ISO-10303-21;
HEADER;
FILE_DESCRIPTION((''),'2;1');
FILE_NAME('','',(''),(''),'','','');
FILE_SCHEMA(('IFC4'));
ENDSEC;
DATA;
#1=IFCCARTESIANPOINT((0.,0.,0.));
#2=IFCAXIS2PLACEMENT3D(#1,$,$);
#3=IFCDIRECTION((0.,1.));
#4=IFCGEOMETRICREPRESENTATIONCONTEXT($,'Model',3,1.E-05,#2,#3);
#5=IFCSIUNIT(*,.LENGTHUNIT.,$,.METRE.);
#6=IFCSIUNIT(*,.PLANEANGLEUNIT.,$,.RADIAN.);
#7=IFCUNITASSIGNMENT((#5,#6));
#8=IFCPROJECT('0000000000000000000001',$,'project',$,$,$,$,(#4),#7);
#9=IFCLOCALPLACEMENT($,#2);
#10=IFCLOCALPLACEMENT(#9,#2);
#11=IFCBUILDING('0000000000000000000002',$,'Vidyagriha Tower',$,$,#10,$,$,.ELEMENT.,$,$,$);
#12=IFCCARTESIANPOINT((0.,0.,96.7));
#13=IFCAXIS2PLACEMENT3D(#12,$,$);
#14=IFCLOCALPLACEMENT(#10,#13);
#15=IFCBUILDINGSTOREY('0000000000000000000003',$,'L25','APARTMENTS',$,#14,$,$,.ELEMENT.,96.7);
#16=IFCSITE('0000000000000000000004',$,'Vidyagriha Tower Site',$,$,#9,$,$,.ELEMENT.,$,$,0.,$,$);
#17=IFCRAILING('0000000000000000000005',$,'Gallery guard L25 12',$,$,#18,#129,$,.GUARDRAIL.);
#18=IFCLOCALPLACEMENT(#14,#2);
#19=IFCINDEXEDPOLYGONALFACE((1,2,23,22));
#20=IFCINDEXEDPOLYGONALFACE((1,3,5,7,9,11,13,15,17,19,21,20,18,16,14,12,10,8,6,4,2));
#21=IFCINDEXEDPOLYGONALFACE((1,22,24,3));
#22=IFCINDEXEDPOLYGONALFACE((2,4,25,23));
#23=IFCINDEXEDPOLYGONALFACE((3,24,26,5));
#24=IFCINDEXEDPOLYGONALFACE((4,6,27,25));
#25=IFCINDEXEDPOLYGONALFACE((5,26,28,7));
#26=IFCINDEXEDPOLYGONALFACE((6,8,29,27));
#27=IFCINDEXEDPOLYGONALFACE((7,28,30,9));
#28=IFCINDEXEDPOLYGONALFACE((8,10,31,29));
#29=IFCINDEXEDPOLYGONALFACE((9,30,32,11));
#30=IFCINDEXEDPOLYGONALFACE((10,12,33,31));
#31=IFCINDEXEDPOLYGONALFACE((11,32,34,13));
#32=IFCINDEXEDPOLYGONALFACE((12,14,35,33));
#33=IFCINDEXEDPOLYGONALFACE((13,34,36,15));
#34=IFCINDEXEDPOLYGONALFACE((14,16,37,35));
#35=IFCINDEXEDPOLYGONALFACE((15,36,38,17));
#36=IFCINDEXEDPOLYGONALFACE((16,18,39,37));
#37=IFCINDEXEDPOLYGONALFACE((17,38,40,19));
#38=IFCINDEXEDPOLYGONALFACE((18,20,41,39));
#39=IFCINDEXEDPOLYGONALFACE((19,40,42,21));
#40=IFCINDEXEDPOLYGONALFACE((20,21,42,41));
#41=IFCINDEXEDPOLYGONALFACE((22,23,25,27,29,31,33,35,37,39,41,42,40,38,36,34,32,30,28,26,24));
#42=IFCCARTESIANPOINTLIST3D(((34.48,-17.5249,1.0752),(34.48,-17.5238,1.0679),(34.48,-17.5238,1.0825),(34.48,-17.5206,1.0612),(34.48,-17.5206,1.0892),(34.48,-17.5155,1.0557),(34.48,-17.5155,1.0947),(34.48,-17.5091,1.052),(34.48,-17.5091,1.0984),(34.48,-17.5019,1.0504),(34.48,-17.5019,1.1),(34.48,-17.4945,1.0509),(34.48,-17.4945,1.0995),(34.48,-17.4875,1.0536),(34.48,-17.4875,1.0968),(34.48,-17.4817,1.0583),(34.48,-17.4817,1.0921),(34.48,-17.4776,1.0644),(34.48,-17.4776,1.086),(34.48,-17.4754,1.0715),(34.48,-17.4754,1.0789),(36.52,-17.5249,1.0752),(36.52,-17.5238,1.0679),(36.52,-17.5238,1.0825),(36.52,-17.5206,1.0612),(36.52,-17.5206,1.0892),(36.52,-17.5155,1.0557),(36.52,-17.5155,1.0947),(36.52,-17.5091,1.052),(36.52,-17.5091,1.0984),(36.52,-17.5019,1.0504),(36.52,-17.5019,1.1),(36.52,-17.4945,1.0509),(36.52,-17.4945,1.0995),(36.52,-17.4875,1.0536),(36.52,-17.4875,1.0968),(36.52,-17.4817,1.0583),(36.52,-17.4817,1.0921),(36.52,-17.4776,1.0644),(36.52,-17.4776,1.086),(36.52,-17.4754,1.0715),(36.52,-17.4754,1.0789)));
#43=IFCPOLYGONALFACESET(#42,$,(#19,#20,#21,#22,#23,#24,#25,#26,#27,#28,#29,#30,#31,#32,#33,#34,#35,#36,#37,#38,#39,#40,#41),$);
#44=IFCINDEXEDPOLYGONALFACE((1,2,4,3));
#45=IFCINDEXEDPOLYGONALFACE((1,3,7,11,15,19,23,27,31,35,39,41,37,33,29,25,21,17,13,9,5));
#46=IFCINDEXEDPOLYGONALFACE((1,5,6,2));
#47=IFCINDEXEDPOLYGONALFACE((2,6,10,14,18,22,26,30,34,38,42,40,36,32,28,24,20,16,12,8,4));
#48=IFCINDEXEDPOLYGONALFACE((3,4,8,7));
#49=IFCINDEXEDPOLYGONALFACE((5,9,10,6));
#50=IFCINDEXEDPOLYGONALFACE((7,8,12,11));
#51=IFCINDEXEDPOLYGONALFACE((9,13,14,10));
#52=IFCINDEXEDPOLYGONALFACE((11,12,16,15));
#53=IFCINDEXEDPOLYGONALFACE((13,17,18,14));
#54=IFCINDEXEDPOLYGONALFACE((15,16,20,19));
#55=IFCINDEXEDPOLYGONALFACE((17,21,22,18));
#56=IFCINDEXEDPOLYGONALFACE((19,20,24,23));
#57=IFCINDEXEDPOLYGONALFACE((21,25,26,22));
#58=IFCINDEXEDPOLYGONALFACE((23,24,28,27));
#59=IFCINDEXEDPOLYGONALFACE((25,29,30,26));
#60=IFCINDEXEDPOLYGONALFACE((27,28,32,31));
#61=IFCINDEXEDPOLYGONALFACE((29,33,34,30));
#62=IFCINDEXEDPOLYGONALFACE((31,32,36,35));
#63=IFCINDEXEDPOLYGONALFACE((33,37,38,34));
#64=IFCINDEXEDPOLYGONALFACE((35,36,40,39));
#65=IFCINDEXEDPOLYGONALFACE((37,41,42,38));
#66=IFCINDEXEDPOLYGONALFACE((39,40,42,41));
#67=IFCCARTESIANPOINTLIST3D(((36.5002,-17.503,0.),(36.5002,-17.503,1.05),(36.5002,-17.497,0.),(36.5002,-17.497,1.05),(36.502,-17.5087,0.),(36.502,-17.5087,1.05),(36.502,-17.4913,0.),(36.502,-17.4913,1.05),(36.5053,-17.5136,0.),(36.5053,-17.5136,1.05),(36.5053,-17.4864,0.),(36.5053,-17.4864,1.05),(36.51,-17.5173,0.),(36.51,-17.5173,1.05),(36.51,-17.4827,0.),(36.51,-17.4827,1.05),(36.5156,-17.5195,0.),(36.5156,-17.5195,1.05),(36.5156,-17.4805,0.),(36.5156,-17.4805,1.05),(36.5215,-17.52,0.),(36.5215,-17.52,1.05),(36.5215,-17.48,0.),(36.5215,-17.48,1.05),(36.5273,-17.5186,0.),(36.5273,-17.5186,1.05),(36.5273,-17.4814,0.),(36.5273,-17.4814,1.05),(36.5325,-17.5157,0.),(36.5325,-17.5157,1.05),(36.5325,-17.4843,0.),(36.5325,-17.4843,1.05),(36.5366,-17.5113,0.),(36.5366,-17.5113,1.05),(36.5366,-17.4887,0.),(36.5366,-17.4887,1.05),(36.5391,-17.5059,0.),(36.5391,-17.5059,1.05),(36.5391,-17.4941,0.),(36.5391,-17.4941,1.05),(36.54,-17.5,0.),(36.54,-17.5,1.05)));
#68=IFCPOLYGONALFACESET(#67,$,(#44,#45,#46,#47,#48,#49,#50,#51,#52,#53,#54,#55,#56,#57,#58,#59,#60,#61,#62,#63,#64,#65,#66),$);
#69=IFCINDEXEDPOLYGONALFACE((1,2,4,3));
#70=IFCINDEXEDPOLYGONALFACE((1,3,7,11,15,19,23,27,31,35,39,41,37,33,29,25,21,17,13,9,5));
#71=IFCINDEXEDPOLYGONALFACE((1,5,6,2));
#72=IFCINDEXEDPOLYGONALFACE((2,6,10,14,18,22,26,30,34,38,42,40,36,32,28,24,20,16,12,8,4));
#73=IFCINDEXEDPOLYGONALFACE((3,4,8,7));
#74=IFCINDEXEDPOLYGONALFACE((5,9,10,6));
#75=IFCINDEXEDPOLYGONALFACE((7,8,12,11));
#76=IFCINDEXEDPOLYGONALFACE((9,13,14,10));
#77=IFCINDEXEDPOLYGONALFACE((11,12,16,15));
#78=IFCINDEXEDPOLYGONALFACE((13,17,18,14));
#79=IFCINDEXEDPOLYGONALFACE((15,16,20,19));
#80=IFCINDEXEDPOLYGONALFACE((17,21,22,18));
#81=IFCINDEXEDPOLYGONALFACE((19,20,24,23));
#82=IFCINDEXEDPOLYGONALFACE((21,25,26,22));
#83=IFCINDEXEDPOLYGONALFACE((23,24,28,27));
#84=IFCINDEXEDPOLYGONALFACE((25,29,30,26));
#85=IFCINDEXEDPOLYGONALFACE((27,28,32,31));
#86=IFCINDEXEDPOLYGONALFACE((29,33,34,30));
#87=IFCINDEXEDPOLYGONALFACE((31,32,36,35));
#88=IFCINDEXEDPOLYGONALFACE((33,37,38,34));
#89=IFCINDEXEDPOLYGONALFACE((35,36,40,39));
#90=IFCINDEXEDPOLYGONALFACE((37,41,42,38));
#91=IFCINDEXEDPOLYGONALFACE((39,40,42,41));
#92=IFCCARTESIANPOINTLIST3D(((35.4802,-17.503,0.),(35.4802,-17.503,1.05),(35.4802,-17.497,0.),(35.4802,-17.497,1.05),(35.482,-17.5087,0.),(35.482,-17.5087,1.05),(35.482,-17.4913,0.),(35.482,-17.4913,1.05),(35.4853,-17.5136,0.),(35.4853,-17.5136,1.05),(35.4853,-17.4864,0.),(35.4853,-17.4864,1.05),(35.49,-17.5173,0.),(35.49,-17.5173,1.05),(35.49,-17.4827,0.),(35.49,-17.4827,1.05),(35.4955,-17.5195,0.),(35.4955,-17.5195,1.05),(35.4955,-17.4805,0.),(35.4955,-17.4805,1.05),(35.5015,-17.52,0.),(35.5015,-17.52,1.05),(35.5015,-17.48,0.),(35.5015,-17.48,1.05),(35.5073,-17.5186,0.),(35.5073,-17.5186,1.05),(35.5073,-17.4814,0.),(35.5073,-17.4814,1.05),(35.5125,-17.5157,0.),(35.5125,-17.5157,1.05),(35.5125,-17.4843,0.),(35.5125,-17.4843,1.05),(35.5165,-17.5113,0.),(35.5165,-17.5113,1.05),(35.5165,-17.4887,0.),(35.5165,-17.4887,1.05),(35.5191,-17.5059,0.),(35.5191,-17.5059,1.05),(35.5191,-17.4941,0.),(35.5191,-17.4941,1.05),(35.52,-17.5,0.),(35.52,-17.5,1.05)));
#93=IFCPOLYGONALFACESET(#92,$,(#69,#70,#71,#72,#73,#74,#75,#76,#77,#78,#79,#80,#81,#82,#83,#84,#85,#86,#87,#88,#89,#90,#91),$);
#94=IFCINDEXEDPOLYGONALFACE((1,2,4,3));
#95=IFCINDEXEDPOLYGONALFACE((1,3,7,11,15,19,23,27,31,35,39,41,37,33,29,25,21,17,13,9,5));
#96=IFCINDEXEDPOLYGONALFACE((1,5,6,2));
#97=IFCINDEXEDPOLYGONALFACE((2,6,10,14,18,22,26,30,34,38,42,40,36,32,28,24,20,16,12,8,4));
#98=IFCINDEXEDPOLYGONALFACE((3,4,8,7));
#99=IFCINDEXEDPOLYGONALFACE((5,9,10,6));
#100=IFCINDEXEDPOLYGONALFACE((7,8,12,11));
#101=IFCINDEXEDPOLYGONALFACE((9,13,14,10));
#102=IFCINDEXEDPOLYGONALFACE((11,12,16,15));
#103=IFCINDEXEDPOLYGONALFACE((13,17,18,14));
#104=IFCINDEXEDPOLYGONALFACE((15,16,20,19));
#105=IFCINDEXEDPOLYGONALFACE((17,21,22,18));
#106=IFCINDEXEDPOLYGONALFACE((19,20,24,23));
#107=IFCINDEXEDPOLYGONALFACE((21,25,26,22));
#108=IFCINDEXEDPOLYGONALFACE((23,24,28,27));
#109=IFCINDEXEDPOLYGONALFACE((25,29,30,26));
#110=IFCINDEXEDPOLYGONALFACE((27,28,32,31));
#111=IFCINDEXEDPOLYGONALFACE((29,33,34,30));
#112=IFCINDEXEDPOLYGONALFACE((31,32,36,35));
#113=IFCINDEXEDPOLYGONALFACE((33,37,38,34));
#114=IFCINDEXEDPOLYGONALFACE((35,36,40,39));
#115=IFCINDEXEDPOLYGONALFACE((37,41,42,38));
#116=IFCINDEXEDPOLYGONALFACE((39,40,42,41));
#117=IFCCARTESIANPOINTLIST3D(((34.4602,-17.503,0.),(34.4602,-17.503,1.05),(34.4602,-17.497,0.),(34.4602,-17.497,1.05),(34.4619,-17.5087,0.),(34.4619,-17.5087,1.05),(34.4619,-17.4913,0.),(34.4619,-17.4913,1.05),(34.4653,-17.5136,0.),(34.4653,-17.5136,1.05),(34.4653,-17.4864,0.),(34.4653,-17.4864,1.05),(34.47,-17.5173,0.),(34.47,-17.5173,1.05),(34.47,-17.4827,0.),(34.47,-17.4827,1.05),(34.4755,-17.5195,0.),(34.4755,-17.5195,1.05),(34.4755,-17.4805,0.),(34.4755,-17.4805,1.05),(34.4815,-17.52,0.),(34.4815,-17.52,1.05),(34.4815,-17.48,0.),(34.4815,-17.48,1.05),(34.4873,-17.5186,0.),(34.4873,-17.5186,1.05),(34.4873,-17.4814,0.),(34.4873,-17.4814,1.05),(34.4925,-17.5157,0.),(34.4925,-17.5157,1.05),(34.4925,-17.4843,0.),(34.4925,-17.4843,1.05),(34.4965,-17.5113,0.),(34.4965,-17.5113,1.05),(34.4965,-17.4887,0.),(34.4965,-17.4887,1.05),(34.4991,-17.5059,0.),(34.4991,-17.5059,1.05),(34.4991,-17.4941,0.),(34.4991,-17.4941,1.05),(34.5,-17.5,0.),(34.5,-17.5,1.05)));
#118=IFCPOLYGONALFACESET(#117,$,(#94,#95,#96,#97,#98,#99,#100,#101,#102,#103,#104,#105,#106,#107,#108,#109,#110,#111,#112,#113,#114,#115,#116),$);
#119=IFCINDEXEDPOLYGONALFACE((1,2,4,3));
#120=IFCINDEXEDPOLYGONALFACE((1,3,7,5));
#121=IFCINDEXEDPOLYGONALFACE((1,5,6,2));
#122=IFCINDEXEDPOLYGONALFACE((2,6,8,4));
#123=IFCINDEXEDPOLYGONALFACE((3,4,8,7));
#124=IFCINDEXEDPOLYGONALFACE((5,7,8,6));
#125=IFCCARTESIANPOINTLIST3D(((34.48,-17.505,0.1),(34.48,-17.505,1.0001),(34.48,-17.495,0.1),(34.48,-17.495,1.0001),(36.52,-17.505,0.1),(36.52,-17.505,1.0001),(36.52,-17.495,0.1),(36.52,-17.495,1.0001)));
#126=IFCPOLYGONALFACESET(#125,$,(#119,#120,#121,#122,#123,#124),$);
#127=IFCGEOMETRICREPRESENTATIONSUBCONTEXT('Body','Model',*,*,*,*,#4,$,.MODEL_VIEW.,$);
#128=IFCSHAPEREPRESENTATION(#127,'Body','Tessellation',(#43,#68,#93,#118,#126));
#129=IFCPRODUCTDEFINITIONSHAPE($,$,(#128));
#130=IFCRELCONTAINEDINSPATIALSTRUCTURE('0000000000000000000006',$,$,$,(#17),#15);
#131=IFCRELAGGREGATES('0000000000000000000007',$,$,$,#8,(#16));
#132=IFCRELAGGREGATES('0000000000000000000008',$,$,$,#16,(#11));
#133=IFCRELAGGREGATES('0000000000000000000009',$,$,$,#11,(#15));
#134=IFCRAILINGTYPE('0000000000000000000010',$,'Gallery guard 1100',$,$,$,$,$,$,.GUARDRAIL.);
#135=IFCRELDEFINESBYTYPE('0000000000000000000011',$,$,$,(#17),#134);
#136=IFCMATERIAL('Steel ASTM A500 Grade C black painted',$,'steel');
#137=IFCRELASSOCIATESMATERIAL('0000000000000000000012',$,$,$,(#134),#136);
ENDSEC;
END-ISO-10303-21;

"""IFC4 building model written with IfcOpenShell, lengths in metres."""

from ifc_helpers import new_model, si_unit, direction, frame, origin, origin_2d, place, context, subcontext, project, spatial, rectangle, circle, extrude, material, type_object, element, save


model = new_model("IFC4")

# Units and contexts
model_context = context("Model", 3, precision=1e-05, world=origin(), true_north=direction((0.0, 1.0)))
body_context = subcontext(model_context, "Body", "Model", "MODEL_VIEW")
ifc_project = project(units=[si_unit("LENGTHUNIT", "METRE"), si_unit("PLANEANGLEUNIT", "RADIAN")], contexts=[model_context])

# Site, building, storey
site_placement = place(None, origin())
site = spatial("IfcSite", under=ifc_project, at=site_placement, Name="Vidyagriha Tower Site", CompositionType="ELEMENT", RefElevation=0.0)
building_placement = place(site_placement, origin())
building = spatial("IfcBuilding", under=site, at=building_placement, Name="Vidyagriha Tower", CompositionType="ELEMENT")
storey_placement = place(building_placement, frame((0.0, 0.0, 96.7)))
storey = spatial("IfcBuildingStorey", under=building, at=storey_placement, Name="L25", Description="APARTMENTS", CompositionType="ELEMENT", Elevation=96.7)

# Railing
ifc_material_1 = material(Name="Steel ASTM A500 Grade C black painted", Category="steel")
railing_type_1 = type_object("IfcRailingType", Name="Gallery guard 1100", PredefinedType="GUARDRAIL", material=ifc_material_1)
railing_1_placement = place(storey_placement, frame((36.52, -17.5, 0.0)))
element("IfcRailing", 1, at=railing_1_placement, inside=storey, type_object=railing_type_1, Name="Gallery guard L25 12", PredefinedType="GUARDRAIL", context=body_context, shape_type="SweptSolid", body=[
    extrude(circle(Radius=0.0249, at=origin_2d()), frame((0.0, 0.0, 1.0752), z_axis=(-1.0, 0.0, 0.0), x_axis=(0.0, -1.0, 0.0)), (0.0, 0.0, 1.0), 2.04),
    extrude(circle(Radius=0.02, at=origin_2d()), origin(), (0.0, 0.0, 1.0), 1.05),
    extrude(circle(Radius=0.02, at=origin_2d()), frame((-1.02, 0.0, 0.0)), (0.0, 0.0, 1.0), 1.05),
    extrude(circle(Radius=0.02, at=origin_2d()), frame((-2.04, 0.0, 0.0)), (0.0, 0.0, 1.0), 1.05),
    extrude(rectangle(XDim=0.01, YDim=0.9001, at=origin_2d()), frame((0.0, 0.0, 0.55), z_axis=(-1.0, 0.0, 0.0), x_axis=(0.0, -1.0, 0.0)), (0.0, 0.0, 1.0), 2.04),
])

save(model, "model.ifc")
